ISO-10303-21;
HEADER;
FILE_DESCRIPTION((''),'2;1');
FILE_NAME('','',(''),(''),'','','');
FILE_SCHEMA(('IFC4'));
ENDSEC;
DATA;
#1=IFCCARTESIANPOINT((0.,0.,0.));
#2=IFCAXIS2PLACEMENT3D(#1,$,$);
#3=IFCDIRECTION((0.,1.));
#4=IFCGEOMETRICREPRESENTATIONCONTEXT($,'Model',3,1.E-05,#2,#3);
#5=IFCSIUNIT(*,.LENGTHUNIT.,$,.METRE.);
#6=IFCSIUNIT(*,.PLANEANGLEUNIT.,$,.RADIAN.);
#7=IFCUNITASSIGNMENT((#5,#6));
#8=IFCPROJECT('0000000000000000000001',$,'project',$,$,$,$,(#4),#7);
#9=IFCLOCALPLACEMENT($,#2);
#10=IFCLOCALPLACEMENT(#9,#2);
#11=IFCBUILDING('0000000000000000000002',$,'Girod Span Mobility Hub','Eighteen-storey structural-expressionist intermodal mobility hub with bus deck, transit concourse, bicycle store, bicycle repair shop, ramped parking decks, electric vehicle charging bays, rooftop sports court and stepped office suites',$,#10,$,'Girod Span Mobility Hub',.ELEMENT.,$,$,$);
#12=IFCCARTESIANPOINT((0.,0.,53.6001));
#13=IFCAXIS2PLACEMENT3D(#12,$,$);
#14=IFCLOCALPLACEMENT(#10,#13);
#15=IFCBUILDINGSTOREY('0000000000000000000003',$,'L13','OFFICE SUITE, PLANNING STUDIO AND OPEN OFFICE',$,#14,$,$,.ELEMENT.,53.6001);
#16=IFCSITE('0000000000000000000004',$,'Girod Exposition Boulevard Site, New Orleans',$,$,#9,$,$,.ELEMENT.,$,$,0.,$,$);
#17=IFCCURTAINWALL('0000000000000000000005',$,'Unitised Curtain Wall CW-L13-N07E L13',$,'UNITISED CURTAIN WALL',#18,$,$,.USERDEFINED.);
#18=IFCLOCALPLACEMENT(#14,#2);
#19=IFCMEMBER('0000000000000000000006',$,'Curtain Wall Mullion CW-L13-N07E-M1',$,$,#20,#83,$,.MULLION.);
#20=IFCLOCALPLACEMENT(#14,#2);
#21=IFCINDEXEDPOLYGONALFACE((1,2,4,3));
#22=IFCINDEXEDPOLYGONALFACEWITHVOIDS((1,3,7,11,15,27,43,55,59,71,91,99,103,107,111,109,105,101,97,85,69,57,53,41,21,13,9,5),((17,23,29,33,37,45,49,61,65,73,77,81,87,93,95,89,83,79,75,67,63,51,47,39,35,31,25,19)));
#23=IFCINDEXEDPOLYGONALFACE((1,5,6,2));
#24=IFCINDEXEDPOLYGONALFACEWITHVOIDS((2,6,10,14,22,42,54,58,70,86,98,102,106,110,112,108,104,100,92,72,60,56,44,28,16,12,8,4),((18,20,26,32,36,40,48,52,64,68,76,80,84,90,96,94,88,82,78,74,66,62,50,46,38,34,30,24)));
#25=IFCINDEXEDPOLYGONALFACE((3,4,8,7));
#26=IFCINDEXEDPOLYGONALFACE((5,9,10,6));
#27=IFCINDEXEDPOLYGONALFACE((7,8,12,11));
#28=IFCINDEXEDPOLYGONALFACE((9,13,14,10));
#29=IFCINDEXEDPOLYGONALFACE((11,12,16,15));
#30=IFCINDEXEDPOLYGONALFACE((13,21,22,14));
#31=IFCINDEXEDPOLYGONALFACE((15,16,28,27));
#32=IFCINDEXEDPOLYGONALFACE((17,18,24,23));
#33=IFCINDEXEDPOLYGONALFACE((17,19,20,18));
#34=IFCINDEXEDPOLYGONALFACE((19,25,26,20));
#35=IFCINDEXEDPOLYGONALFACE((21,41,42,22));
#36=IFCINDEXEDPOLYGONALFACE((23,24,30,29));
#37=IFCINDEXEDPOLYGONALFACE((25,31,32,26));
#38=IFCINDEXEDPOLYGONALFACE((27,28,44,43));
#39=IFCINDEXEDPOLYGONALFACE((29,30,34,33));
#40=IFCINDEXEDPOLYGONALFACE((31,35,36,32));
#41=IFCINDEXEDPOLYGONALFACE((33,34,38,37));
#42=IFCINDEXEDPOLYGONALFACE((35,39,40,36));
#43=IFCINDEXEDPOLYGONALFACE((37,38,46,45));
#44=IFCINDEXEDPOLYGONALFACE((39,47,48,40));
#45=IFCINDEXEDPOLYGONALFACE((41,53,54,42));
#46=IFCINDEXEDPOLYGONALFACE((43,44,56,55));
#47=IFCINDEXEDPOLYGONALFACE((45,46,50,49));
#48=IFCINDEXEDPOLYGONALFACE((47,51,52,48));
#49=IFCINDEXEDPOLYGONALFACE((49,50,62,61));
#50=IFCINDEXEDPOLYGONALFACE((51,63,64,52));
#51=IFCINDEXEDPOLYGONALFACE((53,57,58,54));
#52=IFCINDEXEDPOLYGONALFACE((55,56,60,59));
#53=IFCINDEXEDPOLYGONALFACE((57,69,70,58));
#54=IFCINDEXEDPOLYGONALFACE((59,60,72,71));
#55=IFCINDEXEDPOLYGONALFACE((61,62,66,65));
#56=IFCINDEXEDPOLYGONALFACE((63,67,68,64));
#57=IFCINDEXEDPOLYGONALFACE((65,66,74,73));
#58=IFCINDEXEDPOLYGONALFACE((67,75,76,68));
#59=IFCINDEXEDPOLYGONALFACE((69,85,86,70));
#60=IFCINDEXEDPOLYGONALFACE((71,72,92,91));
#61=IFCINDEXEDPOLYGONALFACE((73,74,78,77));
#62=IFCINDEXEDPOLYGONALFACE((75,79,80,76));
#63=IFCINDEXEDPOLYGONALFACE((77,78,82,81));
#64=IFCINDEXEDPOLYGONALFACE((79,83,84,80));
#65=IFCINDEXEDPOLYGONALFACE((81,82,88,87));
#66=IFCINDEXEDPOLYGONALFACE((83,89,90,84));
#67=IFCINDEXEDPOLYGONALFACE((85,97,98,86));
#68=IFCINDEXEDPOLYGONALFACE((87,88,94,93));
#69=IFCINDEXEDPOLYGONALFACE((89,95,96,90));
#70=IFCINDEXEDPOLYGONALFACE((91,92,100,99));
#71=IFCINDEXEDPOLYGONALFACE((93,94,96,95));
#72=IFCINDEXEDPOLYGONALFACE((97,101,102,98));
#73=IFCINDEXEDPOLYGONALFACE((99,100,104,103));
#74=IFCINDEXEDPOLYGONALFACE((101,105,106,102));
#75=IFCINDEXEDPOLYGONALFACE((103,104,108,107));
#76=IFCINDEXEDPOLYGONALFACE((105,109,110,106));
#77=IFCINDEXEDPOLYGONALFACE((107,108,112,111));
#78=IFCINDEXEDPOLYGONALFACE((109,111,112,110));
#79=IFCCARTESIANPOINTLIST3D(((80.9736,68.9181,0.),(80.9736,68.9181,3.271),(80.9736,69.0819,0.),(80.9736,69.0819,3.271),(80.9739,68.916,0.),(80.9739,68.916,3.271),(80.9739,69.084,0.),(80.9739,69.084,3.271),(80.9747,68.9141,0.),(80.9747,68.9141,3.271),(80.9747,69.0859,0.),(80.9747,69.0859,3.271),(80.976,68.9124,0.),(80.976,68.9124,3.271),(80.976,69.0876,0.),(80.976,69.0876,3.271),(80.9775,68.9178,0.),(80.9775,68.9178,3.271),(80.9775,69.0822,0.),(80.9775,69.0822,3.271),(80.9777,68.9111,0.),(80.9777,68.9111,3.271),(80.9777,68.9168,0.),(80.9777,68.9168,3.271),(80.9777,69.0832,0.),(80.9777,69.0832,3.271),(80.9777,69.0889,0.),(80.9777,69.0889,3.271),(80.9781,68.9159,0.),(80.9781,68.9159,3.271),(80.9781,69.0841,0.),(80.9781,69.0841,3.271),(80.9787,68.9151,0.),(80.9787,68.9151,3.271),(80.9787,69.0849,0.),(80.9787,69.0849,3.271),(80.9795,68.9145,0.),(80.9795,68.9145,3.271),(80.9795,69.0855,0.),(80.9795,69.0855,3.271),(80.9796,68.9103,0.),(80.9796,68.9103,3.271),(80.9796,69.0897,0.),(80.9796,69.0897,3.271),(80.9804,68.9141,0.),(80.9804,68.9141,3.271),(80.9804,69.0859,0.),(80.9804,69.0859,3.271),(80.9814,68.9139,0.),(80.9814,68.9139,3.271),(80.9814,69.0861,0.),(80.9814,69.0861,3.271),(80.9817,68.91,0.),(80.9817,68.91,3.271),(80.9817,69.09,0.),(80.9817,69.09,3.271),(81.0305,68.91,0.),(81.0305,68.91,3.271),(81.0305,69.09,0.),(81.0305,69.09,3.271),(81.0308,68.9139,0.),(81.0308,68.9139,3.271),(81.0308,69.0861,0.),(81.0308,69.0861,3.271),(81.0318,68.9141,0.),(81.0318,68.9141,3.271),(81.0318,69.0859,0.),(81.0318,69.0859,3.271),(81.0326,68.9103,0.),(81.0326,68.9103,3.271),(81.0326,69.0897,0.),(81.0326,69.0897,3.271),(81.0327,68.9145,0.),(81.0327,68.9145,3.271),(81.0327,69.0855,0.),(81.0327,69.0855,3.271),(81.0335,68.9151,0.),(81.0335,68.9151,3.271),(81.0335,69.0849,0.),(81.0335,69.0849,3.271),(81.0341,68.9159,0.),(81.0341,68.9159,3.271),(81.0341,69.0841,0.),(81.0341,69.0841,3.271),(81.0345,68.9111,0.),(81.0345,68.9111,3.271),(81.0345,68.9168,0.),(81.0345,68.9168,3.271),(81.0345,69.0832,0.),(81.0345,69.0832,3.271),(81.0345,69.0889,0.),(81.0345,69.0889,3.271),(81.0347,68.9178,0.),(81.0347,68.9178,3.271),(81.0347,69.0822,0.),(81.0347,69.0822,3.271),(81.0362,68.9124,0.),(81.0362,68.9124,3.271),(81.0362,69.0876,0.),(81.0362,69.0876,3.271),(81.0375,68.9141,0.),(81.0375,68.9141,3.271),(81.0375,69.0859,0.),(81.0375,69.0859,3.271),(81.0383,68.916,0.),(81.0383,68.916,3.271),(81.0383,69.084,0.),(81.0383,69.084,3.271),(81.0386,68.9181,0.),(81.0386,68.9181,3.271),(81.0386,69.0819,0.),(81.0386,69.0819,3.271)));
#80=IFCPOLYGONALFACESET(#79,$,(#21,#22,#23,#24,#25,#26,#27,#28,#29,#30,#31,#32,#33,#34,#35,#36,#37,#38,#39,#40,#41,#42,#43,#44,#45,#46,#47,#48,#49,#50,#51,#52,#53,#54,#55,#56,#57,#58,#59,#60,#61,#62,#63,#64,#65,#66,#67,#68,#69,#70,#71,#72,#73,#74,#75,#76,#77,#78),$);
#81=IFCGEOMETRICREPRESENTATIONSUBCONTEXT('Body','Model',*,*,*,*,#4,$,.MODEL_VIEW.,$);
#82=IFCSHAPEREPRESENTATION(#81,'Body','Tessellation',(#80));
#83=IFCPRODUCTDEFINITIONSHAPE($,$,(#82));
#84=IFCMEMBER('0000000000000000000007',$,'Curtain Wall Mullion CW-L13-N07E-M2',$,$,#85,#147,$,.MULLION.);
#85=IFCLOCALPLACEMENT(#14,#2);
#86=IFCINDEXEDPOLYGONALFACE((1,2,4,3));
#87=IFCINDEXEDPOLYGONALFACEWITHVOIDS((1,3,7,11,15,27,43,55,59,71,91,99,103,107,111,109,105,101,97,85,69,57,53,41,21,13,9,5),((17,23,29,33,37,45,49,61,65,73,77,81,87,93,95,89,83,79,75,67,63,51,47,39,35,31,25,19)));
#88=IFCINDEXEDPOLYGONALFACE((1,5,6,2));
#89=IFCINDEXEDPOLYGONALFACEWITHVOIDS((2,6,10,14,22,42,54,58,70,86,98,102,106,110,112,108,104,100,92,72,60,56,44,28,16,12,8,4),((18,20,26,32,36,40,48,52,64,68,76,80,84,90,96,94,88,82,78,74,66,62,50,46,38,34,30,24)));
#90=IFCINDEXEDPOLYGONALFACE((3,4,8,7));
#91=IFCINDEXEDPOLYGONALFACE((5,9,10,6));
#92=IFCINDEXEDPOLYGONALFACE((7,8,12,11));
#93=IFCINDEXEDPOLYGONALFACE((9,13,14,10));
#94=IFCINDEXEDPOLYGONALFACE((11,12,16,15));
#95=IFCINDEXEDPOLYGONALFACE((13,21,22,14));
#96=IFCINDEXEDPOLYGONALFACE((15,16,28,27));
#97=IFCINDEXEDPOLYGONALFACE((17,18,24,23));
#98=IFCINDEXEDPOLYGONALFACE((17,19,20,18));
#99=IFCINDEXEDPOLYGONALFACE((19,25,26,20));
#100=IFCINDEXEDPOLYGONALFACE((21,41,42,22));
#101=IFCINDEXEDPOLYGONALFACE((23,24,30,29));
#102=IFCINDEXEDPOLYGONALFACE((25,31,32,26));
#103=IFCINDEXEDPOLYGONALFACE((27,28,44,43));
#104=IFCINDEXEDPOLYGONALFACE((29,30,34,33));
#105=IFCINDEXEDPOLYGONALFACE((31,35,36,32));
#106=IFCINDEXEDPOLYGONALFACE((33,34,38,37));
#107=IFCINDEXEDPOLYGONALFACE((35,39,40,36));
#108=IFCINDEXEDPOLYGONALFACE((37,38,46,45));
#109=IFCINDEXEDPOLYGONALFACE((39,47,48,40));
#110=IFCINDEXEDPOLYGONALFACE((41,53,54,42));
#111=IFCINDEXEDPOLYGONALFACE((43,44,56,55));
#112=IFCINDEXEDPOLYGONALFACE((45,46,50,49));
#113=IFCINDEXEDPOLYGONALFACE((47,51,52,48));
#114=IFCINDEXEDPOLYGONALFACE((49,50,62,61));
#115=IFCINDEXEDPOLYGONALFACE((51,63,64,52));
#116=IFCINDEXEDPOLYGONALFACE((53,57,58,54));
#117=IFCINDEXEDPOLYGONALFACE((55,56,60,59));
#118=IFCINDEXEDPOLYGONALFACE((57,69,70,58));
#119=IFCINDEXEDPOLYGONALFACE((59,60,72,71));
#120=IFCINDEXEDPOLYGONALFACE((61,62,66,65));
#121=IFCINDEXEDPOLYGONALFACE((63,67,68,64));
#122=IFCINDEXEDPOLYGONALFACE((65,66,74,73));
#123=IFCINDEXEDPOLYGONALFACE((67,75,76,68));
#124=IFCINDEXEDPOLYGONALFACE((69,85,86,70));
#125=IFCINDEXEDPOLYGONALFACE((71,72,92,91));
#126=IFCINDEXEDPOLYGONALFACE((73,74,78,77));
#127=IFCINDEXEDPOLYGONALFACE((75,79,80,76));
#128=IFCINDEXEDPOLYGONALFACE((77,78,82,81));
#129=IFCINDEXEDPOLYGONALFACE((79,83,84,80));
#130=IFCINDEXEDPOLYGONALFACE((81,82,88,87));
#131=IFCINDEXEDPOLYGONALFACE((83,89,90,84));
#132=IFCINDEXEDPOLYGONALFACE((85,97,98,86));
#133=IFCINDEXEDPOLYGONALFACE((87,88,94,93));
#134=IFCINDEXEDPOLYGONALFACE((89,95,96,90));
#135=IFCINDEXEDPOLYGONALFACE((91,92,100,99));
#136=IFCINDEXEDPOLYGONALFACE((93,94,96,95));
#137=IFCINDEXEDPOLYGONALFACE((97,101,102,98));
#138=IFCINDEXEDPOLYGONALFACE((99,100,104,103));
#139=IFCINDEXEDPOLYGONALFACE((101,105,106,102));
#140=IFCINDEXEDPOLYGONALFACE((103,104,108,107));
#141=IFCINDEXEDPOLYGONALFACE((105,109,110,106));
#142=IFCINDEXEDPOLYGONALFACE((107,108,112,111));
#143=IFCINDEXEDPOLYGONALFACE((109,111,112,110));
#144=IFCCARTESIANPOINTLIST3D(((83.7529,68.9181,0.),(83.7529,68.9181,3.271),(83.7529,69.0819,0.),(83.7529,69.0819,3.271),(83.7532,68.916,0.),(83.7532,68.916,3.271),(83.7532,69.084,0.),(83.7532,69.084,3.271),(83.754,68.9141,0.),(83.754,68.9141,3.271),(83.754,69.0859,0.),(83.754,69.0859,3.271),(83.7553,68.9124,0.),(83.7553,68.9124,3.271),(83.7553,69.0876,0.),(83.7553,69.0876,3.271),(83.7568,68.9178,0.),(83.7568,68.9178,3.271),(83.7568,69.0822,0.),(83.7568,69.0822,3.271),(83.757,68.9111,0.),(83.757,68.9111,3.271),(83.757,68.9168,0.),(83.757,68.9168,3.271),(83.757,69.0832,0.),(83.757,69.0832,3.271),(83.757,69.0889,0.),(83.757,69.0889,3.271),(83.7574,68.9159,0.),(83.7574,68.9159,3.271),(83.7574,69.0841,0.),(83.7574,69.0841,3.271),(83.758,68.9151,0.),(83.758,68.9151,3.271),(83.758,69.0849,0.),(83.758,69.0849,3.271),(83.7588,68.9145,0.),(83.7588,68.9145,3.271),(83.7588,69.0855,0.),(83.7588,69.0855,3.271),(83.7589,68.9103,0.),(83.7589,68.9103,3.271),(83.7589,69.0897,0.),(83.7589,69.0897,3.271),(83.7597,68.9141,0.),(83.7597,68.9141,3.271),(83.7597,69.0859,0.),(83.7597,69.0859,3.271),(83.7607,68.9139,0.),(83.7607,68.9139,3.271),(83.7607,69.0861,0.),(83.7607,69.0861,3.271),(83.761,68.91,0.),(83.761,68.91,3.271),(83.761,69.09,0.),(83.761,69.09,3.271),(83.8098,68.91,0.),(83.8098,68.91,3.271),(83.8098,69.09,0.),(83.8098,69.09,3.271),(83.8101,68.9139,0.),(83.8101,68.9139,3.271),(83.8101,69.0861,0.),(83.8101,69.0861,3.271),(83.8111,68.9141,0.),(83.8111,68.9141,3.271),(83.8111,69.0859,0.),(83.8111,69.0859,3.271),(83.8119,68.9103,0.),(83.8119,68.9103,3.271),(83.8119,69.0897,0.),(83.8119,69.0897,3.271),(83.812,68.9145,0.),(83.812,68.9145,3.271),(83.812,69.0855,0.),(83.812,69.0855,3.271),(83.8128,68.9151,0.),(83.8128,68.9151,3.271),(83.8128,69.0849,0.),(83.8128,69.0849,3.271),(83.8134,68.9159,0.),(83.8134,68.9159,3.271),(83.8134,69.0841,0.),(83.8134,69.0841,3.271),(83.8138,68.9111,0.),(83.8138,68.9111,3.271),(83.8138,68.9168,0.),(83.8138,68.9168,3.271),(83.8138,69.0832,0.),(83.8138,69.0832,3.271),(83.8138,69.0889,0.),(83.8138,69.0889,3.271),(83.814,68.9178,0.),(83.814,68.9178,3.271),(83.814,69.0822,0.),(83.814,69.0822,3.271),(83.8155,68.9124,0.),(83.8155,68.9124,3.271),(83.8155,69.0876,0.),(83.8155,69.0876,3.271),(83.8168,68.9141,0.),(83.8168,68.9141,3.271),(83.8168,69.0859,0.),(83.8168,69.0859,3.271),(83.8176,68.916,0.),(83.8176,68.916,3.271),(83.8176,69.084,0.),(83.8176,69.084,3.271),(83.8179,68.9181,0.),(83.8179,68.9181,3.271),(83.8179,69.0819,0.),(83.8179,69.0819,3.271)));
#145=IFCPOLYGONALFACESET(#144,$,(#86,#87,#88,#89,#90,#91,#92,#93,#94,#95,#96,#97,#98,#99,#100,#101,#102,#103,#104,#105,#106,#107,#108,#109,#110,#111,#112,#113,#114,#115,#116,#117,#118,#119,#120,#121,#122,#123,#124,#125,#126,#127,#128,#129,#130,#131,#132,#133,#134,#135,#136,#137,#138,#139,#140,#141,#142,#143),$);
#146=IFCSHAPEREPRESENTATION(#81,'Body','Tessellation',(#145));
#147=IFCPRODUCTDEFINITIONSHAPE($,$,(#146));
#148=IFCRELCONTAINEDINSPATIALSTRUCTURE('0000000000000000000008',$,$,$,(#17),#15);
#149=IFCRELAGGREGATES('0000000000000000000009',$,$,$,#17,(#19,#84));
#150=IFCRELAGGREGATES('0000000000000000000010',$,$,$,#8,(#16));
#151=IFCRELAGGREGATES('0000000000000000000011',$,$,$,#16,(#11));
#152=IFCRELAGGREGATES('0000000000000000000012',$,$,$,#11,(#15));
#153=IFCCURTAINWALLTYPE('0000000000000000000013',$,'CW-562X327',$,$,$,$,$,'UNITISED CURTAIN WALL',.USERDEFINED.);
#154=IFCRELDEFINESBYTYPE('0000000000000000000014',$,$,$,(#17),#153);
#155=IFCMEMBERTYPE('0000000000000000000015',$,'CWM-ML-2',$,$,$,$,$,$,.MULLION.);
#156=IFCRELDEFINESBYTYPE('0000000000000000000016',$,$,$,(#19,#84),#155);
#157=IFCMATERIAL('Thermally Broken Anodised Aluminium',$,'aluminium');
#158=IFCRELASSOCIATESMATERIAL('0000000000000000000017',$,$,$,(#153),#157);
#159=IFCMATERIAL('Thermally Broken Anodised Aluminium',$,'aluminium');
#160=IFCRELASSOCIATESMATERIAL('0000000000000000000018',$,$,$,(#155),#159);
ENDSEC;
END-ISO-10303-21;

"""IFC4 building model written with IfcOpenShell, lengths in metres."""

from ifc_helpers import new_model, si_unit, direction, frame, origin, origin_2d, place, context, subcontext, project, spatial, hollow_rectangle, extrude, material, material_profile, profile_set, type_object, element, aggregate, save


model = new_model("IFC4")

# Units and contexts
model_context = context("Model", 3, precision=1e-05, world=origin(), true_north=direction((0.0, 1.0)))
body_context = subcontext(model_context, "Body", "Model", "MODEL_VIEW")
ifc_project = project(units=[si_unit("LENGTHUNIT", "METRE"), si_unit("PLANEANGLEUNIT", "RADIAN")], contexts=[model_context])

# Site, building, storey
site_placement = place(None, origin())
site = spatial("IfcSite", under=ifc_project, at=site_placement, Name="Girod Exposition Boulevard Site, New Orleans", CompositionType="ELEMENT", RefElevation=0.0)
building_placement = place(site_placement, origin())
building = spatial("IfcBuilding", under=site, at=building_placement, Name="Girod Span Mobility Hub", Description="Eighteen-storey structural-expressionist intermodal mobility hub with bus deck, transit concourse, bicycle store, bicycle repair shop, ramped parking decks, electric vehicle charging bays, rooftop sports court and stepped office suites", LongName="Girod Span Mobility Hub", CompositionType="ELEMENT")
storey_placement = place(building_placement, frame((0.0, 0.0, 53.6001)))
storey = spatial("IfcBuildingStorey", under=building, at=storey_placement, Name="L13", Description="OFFICE SUITE, PLANNING STUDIO AND OPEN OFFICE", CompositionType="ELEMENT", Elevation=53.6001)

# Curtain wall, members
ifc_material_1 = material(Name="Thermally Broken Anodised Aluminium", Category="aluminium")
curtain_wall_type = type_object("IfcCurtainWallType", Name="CW-562X327", ElementType="UNITISED CURTAIN WALL", PredefinedType="USERDEFINED", material=ifc_material_1)
curtain_wall_1_placement = place(storey_placement, origin())
curtain_wall_1 = element("IfcCurtainWall", 1, at=curtain_wall_1_placement, inside=storey, type_object=curtain_wall_type, Name="Unitised Curtain Wall CW-L13-N07E L13", ObjectType="UNITISED CURTAIN WALL", PredefinedType="USERDEFINED")
ifc_material_2 = material(Name="Thermally Broken Anodised Aluminium", Category="aluminium")
ifc_material_profile_1 = material_profile(ifc_material_2, hollow_rectangle(XDim=0.1799, YDim=0.0649, WallThickness=0.0039, InnerFilletRadius=0.0039, OuterFilletRadius=0.0081, at=origin_2d()), Name="CW-ML-65X180")
ifc_profile_set_1 = profile_set([ifc_material_profile_1], Name="Thermally Broken Anodised Aluminium")
member_type_1 = type_object("IfcMemberType", Name="CWM-ML-2", PredefinedType="MULLION", material=ifc_profile_set_1)
member_1_placement = place(storey_placement, frame((81.0061, 69.0, 0.0), z_axis=(0.0, 0.0, 1.0), x_axis=(0.0, 1.0, 0.0)))
member_1 = element("IfcMember", 2, at=member_1_placement, type_object=member_type_1, Name="Curtain Wall Mullion CW-L13-N07E-M1", PredefinedType="MULLION", context=body_context, shape_type="SweptSolid", body=[
    extrude(hollow_rectangle(XDim=0.1799, YDim=0.0649, WallThickness=0.0039, InnerFilletRadius=0.0039, OuterFilletRadius=0.0081, at=origin_2d()), origin(), (0.0, 0.0, 1.0), 3.271),
])
member_2_placement = place(storey_placement, frame((83.7854, 69.0, 0.0), z_axis=(0.0, 0.0, 1.0), x_axis=(0.0, 1.0, 0.0)))
member_2 = element("IfcMember", 3, at=member_2_placement, type_object=member_type_1, Name="Curtain Wall Mullion CW-L13-N07E-M2", PredefinedType="MULLION", context=body_context, shape_type="SweptSolid", body=[
    extrude(hollow_rectangle(XDim=0.1799, YDim=0.0649, WallThickness=0.0039, InnerFilletRadius=0.0039, OuterFilletRadius=0.0081, at=origin_2d()), origin(), (0.0, 0.0, 1.0), 3.271),
])

aggregate(curtain_wall_1, [member_1, member_2])

save(model, "model.ifc")
